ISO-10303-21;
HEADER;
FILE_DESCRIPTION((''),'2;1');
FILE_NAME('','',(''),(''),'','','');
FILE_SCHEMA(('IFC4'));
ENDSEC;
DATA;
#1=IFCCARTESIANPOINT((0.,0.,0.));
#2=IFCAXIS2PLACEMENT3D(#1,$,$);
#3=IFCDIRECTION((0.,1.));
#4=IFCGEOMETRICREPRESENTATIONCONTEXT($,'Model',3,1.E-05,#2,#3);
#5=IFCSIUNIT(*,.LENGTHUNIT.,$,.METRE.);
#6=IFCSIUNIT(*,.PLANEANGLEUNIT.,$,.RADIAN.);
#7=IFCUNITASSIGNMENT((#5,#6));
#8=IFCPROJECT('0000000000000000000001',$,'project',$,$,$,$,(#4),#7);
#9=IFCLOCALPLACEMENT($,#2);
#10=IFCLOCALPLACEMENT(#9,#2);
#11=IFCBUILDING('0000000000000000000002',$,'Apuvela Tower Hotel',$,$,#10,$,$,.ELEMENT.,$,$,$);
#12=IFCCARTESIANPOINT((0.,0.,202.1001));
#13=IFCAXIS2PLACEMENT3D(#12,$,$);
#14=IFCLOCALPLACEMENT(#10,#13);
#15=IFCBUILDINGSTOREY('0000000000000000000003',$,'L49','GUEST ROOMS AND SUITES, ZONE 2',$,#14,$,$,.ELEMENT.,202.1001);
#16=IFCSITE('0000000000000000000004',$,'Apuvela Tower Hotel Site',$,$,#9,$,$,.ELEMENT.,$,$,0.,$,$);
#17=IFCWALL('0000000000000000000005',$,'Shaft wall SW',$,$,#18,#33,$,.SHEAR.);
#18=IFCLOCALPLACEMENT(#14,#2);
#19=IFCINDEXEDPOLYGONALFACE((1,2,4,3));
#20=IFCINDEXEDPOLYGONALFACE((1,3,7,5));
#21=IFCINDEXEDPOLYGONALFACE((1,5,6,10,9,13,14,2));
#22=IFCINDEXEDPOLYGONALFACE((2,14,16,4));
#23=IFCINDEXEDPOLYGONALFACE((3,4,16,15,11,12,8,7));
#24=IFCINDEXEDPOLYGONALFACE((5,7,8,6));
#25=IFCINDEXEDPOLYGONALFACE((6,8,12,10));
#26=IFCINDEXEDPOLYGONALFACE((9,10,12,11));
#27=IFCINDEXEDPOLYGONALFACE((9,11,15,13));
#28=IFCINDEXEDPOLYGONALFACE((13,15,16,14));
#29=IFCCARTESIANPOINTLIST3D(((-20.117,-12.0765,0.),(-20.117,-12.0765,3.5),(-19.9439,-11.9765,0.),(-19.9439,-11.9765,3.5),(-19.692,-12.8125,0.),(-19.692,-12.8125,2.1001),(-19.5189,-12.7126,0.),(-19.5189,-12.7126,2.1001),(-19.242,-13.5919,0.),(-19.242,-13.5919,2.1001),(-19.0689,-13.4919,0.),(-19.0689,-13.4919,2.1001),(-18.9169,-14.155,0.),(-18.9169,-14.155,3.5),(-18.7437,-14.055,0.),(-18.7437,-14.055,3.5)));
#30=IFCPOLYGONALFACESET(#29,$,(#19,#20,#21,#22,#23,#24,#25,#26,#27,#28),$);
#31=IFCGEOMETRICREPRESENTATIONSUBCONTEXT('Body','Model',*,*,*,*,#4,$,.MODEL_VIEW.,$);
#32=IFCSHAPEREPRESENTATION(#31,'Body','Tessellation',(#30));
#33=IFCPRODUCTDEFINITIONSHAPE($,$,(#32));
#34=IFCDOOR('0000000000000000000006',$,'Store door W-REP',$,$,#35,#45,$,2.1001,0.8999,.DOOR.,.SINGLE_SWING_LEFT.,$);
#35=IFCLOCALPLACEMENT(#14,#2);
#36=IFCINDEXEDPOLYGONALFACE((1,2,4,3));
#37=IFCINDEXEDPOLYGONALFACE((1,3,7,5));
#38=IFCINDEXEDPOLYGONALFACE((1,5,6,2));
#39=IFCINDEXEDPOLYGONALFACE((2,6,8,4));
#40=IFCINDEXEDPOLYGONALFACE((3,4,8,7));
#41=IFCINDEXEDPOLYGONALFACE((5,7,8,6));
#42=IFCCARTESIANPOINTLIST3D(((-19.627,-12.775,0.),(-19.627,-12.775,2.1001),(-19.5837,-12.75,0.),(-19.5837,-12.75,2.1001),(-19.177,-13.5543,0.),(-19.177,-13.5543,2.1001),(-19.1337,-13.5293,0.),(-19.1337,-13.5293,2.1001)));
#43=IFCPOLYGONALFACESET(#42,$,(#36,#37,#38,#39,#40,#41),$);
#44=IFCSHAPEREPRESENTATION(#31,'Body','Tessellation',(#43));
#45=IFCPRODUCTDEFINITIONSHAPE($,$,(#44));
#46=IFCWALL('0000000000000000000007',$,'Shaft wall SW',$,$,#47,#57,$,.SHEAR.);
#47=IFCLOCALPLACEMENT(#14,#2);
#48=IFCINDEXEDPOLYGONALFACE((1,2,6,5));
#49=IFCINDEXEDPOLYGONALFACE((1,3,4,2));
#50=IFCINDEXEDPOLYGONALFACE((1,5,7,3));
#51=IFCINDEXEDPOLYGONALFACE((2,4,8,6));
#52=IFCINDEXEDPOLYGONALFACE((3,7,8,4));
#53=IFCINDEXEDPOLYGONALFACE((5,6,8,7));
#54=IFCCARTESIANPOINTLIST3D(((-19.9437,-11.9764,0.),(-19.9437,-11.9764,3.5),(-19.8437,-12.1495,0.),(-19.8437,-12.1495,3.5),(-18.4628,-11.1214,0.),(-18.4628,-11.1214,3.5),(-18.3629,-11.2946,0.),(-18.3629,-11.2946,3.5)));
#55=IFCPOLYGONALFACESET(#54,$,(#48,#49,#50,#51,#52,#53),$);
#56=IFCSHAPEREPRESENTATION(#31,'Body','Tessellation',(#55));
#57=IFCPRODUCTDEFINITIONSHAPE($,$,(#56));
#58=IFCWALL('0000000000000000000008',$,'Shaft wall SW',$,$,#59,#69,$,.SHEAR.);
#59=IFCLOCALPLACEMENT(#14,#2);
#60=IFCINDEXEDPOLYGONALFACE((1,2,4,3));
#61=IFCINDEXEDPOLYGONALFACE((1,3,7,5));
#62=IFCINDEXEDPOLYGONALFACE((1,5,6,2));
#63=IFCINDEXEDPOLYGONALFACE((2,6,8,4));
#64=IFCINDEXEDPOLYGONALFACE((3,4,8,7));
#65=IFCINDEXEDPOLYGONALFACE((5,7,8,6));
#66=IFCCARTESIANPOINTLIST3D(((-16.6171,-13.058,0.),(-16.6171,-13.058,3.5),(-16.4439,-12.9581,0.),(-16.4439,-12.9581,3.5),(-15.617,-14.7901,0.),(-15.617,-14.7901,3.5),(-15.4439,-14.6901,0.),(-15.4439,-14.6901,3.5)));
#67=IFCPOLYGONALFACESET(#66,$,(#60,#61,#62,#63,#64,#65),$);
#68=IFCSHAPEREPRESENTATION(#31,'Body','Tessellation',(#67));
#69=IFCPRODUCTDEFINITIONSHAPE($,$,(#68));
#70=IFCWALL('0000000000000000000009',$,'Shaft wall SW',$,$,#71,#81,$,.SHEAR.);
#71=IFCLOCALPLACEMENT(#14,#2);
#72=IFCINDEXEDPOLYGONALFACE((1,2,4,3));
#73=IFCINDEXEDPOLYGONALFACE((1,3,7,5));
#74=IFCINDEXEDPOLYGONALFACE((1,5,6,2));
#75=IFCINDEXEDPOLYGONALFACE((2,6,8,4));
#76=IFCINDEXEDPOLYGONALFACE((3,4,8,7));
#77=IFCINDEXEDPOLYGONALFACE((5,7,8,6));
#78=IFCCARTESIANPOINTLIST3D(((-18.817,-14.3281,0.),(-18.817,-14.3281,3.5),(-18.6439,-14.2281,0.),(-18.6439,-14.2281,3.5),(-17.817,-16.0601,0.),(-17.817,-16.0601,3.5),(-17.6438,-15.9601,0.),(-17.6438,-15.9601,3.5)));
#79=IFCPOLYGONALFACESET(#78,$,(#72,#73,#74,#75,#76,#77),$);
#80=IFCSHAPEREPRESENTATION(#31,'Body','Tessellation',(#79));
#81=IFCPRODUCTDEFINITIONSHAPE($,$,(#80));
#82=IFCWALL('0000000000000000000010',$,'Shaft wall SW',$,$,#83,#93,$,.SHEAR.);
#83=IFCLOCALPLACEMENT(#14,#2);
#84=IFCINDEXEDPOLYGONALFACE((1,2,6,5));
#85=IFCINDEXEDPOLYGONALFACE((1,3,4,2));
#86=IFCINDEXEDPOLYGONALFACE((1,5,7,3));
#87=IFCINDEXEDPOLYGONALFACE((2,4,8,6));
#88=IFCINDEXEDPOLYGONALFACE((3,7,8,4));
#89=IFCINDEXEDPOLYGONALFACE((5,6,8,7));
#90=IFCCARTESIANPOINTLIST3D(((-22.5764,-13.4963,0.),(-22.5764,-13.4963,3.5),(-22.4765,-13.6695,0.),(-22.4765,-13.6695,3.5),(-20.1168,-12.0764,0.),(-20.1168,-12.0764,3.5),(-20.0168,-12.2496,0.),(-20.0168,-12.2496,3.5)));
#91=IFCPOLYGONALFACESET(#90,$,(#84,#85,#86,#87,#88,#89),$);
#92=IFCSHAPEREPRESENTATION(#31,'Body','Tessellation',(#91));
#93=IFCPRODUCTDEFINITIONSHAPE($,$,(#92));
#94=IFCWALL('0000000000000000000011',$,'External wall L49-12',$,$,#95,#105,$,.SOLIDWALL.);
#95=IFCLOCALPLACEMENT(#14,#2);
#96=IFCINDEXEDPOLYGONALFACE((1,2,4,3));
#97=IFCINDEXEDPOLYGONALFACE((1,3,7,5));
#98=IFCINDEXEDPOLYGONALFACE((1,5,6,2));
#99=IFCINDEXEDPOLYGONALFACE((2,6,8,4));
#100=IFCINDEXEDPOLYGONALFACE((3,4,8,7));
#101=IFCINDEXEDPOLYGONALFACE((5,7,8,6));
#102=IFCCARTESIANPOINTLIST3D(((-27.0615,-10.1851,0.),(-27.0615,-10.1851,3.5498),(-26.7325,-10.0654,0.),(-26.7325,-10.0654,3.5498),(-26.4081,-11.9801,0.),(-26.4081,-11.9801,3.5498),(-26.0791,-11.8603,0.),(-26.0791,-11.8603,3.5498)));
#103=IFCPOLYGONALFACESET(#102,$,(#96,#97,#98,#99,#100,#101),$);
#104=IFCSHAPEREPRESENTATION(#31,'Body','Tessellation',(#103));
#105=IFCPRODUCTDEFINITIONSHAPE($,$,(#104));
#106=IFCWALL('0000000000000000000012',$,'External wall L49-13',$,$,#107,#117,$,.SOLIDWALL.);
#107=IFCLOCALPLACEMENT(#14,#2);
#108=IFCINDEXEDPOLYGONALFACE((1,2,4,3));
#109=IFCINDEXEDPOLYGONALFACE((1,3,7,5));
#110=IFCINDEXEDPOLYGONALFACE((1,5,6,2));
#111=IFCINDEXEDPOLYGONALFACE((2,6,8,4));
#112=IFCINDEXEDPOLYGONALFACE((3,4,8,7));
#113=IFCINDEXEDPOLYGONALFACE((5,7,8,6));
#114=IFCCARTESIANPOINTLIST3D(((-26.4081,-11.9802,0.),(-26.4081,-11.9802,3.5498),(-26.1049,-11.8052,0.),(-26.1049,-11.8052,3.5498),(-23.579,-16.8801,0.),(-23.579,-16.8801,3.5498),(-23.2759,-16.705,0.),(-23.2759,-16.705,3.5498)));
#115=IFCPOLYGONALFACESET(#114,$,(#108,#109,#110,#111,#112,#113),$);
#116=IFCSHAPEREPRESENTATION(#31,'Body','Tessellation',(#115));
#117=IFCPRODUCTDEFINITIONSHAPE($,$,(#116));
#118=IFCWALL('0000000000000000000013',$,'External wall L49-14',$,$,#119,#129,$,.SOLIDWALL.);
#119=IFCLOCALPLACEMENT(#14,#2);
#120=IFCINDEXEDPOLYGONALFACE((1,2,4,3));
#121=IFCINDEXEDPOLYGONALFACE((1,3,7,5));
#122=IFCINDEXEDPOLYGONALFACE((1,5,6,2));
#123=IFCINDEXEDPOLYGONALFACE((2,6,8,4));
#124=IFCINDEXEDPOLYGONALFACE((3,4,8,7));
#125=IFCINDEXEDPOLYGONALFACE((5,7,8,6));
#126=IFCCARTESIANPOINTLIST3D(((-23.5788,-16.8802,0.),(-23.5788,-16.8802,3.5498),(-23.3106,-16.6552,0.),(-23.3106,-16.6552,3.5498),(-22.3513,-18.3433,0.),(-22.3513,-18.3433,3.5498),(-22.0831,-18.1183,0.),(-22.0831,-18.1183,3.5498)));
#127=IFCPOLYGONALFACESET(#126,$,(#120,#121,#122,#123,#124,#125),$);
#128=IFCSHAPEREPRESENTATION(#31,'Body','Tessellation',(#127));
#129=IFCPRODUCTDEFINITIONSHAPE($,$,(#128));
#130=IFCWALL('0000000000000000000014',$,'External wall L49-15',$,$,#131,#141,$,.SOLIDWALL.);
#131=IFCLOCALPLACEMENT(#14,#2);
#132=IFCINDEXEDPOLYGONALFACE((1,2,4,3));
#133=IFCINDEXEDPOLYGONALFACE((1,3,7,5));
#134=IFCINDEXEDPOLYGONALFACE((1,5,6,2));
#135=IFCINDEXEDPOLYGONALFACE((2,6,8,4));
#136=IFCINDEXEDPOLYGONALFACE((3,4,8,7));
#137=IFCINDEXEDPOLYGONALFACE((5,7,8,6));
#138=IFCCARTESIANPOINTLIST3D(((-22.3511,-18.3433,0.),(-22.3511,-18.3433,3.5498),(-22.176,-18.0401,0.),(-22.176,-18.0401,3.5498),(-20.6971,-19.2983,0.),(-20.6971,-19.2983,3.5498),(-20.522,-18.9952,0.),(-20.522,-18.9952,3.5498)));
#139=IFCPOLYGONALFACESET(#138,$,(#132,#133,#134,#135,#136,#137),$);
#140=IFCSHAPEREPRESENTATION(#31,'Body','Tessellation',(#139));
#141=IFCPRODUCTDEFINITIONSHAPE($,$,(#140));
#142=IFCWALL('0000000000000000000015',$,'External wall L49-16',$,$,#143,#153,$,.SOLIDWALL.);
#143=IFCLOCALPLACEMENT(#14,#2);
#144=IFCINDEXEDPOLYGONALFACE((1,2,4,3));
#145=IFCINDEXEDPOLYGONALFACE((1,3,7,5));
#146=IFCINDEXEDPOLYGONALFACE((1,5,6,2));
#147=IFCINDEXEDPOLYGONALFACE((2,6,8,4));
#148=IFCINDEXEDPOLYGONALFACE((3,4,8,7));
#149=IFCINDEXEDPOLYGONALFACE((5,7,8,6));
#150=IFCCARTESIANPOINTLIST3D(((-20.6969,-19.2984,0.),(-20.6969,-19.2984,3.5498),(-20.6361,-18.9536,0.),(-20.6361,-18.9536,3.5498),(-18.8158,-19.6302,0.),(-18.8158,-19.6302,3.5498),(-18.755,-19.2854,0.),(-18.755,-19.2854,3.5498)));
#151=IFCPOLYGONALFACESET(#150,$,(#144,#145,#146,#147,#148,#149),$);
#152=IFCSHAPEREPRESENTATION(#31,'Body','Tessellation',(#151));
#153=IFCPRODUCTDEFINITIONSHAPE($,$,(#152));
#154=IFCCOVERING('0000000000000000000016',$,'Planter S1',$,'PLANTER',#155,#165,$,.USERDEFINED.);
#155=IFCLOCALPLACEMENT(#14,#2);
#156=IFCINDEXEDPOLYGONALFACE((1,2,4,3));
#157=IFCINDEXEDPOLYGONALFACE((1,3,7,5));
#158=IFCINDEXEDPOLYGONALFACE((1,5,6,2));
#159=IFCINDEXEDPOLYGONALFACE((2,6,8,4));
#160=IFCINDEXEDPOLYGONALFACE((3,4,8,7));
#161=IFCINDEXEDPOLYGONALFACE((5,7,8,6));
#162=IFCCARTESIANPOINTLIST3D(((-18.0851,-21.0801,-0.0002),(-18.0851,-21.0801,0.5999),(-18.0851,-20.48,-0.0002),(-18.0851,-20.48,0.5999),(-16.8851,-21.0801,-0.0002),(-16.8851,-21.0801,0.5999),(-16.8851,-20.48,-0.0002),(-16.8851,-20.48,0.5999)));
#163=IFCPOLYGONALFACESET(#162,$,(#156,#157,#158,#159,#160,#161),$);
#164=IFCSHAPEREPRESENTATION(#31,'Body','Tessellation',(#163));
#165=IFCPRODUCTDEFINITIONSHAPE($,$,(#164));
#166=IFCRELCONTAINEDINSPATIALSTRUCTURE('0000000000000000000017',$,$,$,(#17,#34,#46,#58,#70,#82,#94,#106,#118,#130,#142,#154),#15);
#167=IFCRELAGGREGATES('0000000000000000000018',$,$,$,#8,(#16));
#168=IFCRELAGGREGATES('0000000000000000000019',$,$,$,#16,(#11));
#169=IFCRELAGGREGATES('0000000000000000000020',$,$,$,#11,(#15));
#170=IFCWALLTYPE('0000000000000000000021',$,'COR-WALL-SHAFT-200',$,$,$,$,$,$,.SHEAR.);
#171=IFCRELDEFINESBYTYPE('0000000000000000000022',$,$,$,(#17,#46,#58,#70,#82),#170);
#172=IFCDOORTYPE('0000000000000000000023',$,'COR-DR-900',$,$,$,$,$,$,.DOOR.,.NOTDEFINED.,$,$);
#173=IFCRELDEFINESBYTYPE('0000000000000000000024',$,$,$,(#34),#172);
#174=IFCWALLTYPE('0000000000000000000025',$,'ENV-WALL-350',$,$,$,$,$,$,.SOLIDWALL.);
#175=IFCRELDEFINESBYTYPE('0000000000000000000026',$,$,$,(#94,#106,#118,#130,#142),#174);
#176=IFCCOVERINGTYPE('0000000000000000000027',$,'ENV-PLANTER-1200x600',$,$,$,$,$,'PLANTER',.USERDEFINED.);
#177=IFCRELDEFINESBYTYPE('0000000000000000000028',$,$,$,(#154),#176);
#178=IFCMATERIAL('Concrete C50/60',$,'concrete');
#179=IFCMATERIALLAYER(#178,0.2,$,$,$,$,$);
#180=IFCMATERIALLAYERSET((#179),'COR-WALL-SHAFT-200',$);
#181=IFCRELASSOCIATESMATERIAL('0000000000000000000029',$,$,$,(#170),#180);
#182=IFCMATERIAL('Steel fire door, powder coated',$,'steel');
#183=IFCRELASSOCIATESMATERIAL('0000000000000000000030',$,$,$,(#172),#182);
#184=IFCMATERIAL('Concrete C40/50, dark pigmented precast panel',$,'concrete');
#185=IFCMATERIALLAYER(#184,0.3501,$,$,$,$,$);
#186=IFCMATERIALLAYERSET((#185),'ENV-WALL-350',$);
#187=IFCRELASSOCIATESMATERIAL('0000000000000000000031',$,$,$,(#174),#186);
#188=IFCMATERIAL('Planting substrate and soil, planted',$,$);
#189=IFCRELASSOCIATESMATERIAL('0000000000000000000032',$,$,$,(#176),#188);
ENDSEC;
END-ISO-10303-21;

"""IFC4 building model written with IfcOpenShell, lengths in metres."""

from ifc_helpers import new_model, si_unit, direction, frame, frame_2d, origin, origin_2d, place, context, subcontext, project, spatial, rectangle, extrude, material, layer, layer_set, type_object, element, fill, save


model = new_model("IFC4")

# Units and contexts
model_context = context("Model", 3, precision=1e-05, world=origin(), true_north=direction((0.0, 1.0)))
body_context = subcontext(model_context, "Body", "Model", "MODEL_VIEW")
ifc_project = project(units=[si_unit("LENGTHUNIT", "METRE"), si_unit("PLANEANGLEUNIT", "RADIAN")], contexts=[model_context])

# Site, building, storey
site_placement = place(None, origin())
site = spatial("IfcSite", under=ifc_project, at=site_placement, Name="Apuvela Tower Hotel Site", CompositionType="ELEMENT", RefElevation=0.0)
building_placement = place(site_placement, origin())
building = spatial("IfcBuilding", under=site, at=building_placement, Name="Apuvela Tower Hotel", CompositionType="ELEMENT")
storey_placement = place(building_placement, frame((0.0, 0.0, 202.1001)))
storey = spatial("IfcBuildingStorey", under=building, at=storey_placement, Name="L49", Description="GUEST ROOMS AND SUITES, ZONE 2", CompositionType="ELEMENT", Elevation=202.1001)

# Wall, opening, door
ifc_material_1 = material(Name="Concrete C50/60", Category="concrete")
ifc_layer_1 = layer(ifc_material_1, 0.2)
ifc_layer_set_1 = layer_set([ifc_layer_1], Name="COR-WALL-SHAFT-200")
wall_type_1 = type_object("IfcWallType", Name="COR-WALL-SHAFT-200", PredefinedType="SHEAR", material=ifc_layer_set_1)
wall_1_placement = place(storey_placement, frame((-20.0305, -12.0264, 0.0), z_axis=(0.0, 0.0, 1.0), x_axis=(0.500034, -0.866006, 0.0)))
wall_1 = element("IfcWall", 1, at=wall_1_placement, inside=storey, type_object=wall_type_1, Name="Shaft wall SW", PredefinedType="SHEAR", context=body_context, shape_type="SweptSolid", body=[
    extrude(rectangle(XDim=2.4001, YDim=0.2, at=frame_2d((1.2002, 0.0))), origin(), (0.0, 0.0, 1.0), 3.5),
])
opening_1_placement = place(wall_1_placement, frame((0.8501, 0.0, 0.0)))
opening_1 = element("IfcOpeningElement", 2, at=opening_1_placement, cuts=wall_1, PredefinedType="OPENING", context=body_context, shape_type="SweptSolid", body=[
    extrude(rectangle(XDim=0.8999, YDim=2.1001, at=frame_2d((0.45, 1.05))), frame((0.0, 0.1099, 0.0), z_axis=(0.0, -1.0, 0.0), x_axis=(1.0, 0.0, 0.0)), (0.0, 0.0, 1.0), 0.22),
])
ifc_material_2 = material(Name="Steel fire door, powder coated", Category="steel")
door_type_1 = type_object("IfcDoorType", Name="COR-DR-900", OperationType="NOTDEFINED", PredefinedType="DOOR", material=ifc_material_2)
door_1_placement = place(opening_1_placement, frame((0.8999, 0.0, 0.0), z_axis=(0.0, 0.0, 1.0), x_axis=(-1.0, 0.0, 0.0)))
door_1 = element("IfcDoor", 3, at=door_1_placement, inside=storey, type_object=door_type_1, Name="Store door W-REP", OperationType="SINGLE_SWING_LEFT", OverallHeight=2.1001, OverallWidth=0.8999, PredefinedType="DOOR", context=body_context, shape_type="SweptSolid", body=[
    extrude(rectangle(XDim=0.8999, YDim=2.1001, at=frame_2d((0.45, 1.05))), frame((0.0, 0.0249, 0.0), z_axis=(0.0, -1.0, 0.0), x_axis=(1.0, 0.0, 0.0)), (0.0, 0.0, 1.0), 0.05),
])
fill(opening_1, door_1)

# Walls
wall_2_placement = place(storey_placement, frame((-18.4128, -11.208, 0.0), z_axis=(0.0, 0.0, 1.0), x_axis=(-0.866038, -0.499978, 0.0)))
element("IfcWall", 4, at=wall_2_placement, inside=storey, type_object=wall_type_1, Name="Shaft wall SW", PredefinedType="SHEAR", context=body_context, shape_type="SweptSolid", body=[
    extrude(rectangle(XDim=1.71, YDim=0.2, at=frame_2d((0.855, 0.0))), origin(), (0.0, 0.0, 1.0), 3.5),
])
for number, where, z_axis, x_axis, name in (
    (5, (-16.5305, -13.0081, 0.0), (0.0, 0.0, 1.0), (0.500025, -0.866011, 0.0), "Shaft wall SW"),
    (6, (-18.7305, -14.2781, 0.0), (0.0, 0.0, 1.0), (0.500025, -0.866011, 0.0), "Shaft wall SW"),
):
    element("IfcWall", number, at=place(storey_placement, frame(where, z_axis=z_axis, x_axis=x_axis)), inside=storey, type_object=wall_type_1, Name=name, PredefinedType="SHEAR", context=body_context, shape_type="SweptSolid", body=[
        extrude(rectangle(XDim=2.0, YDim=0.2, at=frame_2d((1.0, 0.0))), origin(), (0.0, 0.0, 1.0), 3.5),
    ])
wall_3_placement = place(storey_placement, frame((-20.0669, -12.1631, 0.0), z_axis=(0.0, 0.0, 1.0), x_axis=(-0.866055, -0.499948, 0.0)))
element("IfcWall", 7, at=wall_3_placement, inside=storey, type_object=wall_type_1, Name="Shaft wall SW", PredefinedType="SHEAR", context=body_context, shape_type="SweptSolid", body=[
    extrude(rectangle(XDim=2.8401, YDim=0.2, at=frame_2d((1.4199, 0.0))), origin(), (0.0, 0.0, 1.0), 3.5),
])
ifc_material_3 = material(Name="Concrete C40/50, dark pigmented precast panel", Category="concrete")
ifc_layer_2 = layer(ifc_material_3, 0.3501)
ifc_layer_set_2 = layer_set([ifc_layer_2], Name="ENV-WALL-350")
wall_type_2 = type_object("IfcWallType", Name="ENV-WALL-350", PredefinedType="SOLIDWALL", material=ifc_layer_set_2)
wall_4_placement = place(storey_placement, frame((-26.897, -10.1252, 0.0), z_axis=(0.0, 0.0, 1.0), x_axis=(0.34203, -0.939689, 0.0)))
element("IfcWall", 8, at=wall_4_placement, inside=storey, type_object=wall_type_2, Name="External wall L49-12", PredefinedType="SOLIDWALL", context=body_context, shape_type="SweptSolid", body=[
    extrude(rectangle(XDim=1.9102, YDim=0.3501, at=frame_2d((0.9551, 0.0))), origin(), (0.0, 0.0, 1.0), 3.5498),
])
wall_5_placement = place(storey_placement, frame((-26.2566, -11.8926, 0.0), z_axis=(0.0, 0.0, 1.0), x_axis=(0.500019, -0.866015, 0.0)))
element("IfcWall", 9, at=wall_5_placement, inside=storey, type_object=wall_type_2, Name="External wall L49-13", PredefinedType="SOLIDWALL", context=body_context, shape_type="SweptSolid", body=[
    extrude(rectangle(XDim=5.658, YDim=0.3501, at=frame_2d((2.8291, 0.0))), origin(), (0.0, 0.0, 1.0), 3.5498),
])
for number, where, z_axis, x_axis, name in (
    (10, (-23.4448, -16.7676, 0.0), (0.0, 0.0, 1.0), (0.642733, -0.76609, 0.0), "External wall L49-14"),
    (11, (-22.2637, -18.1917, 0.0), (0.0, 0.0, 1.0), (0.866, -0.500043, 0.0), "External wall L49-15"),
):
    element("IfcWall", number, at=place(storey_placement, frame(where, z_axis=z_axis, x_axis=x_axis)), inside=storey, type_object=wall_type_2, Name=name, PredefinedType="SOLIDWALL", context=body_context, shape_type="SweptSolid", body=[
        extrude(rectangle(XDim=1.9099, YDim=0.3501, at=frame_2d((0.9551, 0.0))), origin(), (0.0, 0.0, 1.0), 3.5498),
    ])
wall_6_placement = place(storey_placement, frame((-20.6665, -19.126, 0.0), z_axis=(0.0, 0.0, 1.0), x_axis=(0.984799, -0.173698, 0.0)))
element("IfcWall", 12, at=wall_6_placement, inside=storey, type_object=wall_type_2, Name="External wall L49-16", PredefinedType="SOLIDWALL", context=body_context, shape_type="SweptSolid", body=[
    extrude(rectangle(XDim=1.9102, YDim=0.3501, at=frame_2d((0.9551, 0.0))), origin(), (0.0, 0.0, 1.0), 3.5498),
])

# Covering
ifc_material_4 = material(Name="Planting substrate and soil, planted")
covering_type = type_object("IfcCoveringType", Name="ENV-PLANTER-1200x600", ElementType="PLANTER", PredefinedType="USERDEFINED", material=ifc_material_4)
covering_placement = place(storey_placement, frame((-17.4851, -20.78, -0.0002), z_axis=(0.0, 0.0, 1.0), x_axis=(1.0, 0.0, 0.0)))
element("IfcCovering", 13, at=covering_placement, inside=storey, type_object=covering_type, Name="Planter S1", ObjectType="PLANTER", PredefinedType="USERDEFINED", context=body_context, shape_type="SweptSolid", body=[
    extrude(rectangle(XDim=1.2, YDim=0.6001, at=origin_2d()), origin(), (0.0, 0.0, 1.0), 0.6001),
])

save(model, "model.ifc")
